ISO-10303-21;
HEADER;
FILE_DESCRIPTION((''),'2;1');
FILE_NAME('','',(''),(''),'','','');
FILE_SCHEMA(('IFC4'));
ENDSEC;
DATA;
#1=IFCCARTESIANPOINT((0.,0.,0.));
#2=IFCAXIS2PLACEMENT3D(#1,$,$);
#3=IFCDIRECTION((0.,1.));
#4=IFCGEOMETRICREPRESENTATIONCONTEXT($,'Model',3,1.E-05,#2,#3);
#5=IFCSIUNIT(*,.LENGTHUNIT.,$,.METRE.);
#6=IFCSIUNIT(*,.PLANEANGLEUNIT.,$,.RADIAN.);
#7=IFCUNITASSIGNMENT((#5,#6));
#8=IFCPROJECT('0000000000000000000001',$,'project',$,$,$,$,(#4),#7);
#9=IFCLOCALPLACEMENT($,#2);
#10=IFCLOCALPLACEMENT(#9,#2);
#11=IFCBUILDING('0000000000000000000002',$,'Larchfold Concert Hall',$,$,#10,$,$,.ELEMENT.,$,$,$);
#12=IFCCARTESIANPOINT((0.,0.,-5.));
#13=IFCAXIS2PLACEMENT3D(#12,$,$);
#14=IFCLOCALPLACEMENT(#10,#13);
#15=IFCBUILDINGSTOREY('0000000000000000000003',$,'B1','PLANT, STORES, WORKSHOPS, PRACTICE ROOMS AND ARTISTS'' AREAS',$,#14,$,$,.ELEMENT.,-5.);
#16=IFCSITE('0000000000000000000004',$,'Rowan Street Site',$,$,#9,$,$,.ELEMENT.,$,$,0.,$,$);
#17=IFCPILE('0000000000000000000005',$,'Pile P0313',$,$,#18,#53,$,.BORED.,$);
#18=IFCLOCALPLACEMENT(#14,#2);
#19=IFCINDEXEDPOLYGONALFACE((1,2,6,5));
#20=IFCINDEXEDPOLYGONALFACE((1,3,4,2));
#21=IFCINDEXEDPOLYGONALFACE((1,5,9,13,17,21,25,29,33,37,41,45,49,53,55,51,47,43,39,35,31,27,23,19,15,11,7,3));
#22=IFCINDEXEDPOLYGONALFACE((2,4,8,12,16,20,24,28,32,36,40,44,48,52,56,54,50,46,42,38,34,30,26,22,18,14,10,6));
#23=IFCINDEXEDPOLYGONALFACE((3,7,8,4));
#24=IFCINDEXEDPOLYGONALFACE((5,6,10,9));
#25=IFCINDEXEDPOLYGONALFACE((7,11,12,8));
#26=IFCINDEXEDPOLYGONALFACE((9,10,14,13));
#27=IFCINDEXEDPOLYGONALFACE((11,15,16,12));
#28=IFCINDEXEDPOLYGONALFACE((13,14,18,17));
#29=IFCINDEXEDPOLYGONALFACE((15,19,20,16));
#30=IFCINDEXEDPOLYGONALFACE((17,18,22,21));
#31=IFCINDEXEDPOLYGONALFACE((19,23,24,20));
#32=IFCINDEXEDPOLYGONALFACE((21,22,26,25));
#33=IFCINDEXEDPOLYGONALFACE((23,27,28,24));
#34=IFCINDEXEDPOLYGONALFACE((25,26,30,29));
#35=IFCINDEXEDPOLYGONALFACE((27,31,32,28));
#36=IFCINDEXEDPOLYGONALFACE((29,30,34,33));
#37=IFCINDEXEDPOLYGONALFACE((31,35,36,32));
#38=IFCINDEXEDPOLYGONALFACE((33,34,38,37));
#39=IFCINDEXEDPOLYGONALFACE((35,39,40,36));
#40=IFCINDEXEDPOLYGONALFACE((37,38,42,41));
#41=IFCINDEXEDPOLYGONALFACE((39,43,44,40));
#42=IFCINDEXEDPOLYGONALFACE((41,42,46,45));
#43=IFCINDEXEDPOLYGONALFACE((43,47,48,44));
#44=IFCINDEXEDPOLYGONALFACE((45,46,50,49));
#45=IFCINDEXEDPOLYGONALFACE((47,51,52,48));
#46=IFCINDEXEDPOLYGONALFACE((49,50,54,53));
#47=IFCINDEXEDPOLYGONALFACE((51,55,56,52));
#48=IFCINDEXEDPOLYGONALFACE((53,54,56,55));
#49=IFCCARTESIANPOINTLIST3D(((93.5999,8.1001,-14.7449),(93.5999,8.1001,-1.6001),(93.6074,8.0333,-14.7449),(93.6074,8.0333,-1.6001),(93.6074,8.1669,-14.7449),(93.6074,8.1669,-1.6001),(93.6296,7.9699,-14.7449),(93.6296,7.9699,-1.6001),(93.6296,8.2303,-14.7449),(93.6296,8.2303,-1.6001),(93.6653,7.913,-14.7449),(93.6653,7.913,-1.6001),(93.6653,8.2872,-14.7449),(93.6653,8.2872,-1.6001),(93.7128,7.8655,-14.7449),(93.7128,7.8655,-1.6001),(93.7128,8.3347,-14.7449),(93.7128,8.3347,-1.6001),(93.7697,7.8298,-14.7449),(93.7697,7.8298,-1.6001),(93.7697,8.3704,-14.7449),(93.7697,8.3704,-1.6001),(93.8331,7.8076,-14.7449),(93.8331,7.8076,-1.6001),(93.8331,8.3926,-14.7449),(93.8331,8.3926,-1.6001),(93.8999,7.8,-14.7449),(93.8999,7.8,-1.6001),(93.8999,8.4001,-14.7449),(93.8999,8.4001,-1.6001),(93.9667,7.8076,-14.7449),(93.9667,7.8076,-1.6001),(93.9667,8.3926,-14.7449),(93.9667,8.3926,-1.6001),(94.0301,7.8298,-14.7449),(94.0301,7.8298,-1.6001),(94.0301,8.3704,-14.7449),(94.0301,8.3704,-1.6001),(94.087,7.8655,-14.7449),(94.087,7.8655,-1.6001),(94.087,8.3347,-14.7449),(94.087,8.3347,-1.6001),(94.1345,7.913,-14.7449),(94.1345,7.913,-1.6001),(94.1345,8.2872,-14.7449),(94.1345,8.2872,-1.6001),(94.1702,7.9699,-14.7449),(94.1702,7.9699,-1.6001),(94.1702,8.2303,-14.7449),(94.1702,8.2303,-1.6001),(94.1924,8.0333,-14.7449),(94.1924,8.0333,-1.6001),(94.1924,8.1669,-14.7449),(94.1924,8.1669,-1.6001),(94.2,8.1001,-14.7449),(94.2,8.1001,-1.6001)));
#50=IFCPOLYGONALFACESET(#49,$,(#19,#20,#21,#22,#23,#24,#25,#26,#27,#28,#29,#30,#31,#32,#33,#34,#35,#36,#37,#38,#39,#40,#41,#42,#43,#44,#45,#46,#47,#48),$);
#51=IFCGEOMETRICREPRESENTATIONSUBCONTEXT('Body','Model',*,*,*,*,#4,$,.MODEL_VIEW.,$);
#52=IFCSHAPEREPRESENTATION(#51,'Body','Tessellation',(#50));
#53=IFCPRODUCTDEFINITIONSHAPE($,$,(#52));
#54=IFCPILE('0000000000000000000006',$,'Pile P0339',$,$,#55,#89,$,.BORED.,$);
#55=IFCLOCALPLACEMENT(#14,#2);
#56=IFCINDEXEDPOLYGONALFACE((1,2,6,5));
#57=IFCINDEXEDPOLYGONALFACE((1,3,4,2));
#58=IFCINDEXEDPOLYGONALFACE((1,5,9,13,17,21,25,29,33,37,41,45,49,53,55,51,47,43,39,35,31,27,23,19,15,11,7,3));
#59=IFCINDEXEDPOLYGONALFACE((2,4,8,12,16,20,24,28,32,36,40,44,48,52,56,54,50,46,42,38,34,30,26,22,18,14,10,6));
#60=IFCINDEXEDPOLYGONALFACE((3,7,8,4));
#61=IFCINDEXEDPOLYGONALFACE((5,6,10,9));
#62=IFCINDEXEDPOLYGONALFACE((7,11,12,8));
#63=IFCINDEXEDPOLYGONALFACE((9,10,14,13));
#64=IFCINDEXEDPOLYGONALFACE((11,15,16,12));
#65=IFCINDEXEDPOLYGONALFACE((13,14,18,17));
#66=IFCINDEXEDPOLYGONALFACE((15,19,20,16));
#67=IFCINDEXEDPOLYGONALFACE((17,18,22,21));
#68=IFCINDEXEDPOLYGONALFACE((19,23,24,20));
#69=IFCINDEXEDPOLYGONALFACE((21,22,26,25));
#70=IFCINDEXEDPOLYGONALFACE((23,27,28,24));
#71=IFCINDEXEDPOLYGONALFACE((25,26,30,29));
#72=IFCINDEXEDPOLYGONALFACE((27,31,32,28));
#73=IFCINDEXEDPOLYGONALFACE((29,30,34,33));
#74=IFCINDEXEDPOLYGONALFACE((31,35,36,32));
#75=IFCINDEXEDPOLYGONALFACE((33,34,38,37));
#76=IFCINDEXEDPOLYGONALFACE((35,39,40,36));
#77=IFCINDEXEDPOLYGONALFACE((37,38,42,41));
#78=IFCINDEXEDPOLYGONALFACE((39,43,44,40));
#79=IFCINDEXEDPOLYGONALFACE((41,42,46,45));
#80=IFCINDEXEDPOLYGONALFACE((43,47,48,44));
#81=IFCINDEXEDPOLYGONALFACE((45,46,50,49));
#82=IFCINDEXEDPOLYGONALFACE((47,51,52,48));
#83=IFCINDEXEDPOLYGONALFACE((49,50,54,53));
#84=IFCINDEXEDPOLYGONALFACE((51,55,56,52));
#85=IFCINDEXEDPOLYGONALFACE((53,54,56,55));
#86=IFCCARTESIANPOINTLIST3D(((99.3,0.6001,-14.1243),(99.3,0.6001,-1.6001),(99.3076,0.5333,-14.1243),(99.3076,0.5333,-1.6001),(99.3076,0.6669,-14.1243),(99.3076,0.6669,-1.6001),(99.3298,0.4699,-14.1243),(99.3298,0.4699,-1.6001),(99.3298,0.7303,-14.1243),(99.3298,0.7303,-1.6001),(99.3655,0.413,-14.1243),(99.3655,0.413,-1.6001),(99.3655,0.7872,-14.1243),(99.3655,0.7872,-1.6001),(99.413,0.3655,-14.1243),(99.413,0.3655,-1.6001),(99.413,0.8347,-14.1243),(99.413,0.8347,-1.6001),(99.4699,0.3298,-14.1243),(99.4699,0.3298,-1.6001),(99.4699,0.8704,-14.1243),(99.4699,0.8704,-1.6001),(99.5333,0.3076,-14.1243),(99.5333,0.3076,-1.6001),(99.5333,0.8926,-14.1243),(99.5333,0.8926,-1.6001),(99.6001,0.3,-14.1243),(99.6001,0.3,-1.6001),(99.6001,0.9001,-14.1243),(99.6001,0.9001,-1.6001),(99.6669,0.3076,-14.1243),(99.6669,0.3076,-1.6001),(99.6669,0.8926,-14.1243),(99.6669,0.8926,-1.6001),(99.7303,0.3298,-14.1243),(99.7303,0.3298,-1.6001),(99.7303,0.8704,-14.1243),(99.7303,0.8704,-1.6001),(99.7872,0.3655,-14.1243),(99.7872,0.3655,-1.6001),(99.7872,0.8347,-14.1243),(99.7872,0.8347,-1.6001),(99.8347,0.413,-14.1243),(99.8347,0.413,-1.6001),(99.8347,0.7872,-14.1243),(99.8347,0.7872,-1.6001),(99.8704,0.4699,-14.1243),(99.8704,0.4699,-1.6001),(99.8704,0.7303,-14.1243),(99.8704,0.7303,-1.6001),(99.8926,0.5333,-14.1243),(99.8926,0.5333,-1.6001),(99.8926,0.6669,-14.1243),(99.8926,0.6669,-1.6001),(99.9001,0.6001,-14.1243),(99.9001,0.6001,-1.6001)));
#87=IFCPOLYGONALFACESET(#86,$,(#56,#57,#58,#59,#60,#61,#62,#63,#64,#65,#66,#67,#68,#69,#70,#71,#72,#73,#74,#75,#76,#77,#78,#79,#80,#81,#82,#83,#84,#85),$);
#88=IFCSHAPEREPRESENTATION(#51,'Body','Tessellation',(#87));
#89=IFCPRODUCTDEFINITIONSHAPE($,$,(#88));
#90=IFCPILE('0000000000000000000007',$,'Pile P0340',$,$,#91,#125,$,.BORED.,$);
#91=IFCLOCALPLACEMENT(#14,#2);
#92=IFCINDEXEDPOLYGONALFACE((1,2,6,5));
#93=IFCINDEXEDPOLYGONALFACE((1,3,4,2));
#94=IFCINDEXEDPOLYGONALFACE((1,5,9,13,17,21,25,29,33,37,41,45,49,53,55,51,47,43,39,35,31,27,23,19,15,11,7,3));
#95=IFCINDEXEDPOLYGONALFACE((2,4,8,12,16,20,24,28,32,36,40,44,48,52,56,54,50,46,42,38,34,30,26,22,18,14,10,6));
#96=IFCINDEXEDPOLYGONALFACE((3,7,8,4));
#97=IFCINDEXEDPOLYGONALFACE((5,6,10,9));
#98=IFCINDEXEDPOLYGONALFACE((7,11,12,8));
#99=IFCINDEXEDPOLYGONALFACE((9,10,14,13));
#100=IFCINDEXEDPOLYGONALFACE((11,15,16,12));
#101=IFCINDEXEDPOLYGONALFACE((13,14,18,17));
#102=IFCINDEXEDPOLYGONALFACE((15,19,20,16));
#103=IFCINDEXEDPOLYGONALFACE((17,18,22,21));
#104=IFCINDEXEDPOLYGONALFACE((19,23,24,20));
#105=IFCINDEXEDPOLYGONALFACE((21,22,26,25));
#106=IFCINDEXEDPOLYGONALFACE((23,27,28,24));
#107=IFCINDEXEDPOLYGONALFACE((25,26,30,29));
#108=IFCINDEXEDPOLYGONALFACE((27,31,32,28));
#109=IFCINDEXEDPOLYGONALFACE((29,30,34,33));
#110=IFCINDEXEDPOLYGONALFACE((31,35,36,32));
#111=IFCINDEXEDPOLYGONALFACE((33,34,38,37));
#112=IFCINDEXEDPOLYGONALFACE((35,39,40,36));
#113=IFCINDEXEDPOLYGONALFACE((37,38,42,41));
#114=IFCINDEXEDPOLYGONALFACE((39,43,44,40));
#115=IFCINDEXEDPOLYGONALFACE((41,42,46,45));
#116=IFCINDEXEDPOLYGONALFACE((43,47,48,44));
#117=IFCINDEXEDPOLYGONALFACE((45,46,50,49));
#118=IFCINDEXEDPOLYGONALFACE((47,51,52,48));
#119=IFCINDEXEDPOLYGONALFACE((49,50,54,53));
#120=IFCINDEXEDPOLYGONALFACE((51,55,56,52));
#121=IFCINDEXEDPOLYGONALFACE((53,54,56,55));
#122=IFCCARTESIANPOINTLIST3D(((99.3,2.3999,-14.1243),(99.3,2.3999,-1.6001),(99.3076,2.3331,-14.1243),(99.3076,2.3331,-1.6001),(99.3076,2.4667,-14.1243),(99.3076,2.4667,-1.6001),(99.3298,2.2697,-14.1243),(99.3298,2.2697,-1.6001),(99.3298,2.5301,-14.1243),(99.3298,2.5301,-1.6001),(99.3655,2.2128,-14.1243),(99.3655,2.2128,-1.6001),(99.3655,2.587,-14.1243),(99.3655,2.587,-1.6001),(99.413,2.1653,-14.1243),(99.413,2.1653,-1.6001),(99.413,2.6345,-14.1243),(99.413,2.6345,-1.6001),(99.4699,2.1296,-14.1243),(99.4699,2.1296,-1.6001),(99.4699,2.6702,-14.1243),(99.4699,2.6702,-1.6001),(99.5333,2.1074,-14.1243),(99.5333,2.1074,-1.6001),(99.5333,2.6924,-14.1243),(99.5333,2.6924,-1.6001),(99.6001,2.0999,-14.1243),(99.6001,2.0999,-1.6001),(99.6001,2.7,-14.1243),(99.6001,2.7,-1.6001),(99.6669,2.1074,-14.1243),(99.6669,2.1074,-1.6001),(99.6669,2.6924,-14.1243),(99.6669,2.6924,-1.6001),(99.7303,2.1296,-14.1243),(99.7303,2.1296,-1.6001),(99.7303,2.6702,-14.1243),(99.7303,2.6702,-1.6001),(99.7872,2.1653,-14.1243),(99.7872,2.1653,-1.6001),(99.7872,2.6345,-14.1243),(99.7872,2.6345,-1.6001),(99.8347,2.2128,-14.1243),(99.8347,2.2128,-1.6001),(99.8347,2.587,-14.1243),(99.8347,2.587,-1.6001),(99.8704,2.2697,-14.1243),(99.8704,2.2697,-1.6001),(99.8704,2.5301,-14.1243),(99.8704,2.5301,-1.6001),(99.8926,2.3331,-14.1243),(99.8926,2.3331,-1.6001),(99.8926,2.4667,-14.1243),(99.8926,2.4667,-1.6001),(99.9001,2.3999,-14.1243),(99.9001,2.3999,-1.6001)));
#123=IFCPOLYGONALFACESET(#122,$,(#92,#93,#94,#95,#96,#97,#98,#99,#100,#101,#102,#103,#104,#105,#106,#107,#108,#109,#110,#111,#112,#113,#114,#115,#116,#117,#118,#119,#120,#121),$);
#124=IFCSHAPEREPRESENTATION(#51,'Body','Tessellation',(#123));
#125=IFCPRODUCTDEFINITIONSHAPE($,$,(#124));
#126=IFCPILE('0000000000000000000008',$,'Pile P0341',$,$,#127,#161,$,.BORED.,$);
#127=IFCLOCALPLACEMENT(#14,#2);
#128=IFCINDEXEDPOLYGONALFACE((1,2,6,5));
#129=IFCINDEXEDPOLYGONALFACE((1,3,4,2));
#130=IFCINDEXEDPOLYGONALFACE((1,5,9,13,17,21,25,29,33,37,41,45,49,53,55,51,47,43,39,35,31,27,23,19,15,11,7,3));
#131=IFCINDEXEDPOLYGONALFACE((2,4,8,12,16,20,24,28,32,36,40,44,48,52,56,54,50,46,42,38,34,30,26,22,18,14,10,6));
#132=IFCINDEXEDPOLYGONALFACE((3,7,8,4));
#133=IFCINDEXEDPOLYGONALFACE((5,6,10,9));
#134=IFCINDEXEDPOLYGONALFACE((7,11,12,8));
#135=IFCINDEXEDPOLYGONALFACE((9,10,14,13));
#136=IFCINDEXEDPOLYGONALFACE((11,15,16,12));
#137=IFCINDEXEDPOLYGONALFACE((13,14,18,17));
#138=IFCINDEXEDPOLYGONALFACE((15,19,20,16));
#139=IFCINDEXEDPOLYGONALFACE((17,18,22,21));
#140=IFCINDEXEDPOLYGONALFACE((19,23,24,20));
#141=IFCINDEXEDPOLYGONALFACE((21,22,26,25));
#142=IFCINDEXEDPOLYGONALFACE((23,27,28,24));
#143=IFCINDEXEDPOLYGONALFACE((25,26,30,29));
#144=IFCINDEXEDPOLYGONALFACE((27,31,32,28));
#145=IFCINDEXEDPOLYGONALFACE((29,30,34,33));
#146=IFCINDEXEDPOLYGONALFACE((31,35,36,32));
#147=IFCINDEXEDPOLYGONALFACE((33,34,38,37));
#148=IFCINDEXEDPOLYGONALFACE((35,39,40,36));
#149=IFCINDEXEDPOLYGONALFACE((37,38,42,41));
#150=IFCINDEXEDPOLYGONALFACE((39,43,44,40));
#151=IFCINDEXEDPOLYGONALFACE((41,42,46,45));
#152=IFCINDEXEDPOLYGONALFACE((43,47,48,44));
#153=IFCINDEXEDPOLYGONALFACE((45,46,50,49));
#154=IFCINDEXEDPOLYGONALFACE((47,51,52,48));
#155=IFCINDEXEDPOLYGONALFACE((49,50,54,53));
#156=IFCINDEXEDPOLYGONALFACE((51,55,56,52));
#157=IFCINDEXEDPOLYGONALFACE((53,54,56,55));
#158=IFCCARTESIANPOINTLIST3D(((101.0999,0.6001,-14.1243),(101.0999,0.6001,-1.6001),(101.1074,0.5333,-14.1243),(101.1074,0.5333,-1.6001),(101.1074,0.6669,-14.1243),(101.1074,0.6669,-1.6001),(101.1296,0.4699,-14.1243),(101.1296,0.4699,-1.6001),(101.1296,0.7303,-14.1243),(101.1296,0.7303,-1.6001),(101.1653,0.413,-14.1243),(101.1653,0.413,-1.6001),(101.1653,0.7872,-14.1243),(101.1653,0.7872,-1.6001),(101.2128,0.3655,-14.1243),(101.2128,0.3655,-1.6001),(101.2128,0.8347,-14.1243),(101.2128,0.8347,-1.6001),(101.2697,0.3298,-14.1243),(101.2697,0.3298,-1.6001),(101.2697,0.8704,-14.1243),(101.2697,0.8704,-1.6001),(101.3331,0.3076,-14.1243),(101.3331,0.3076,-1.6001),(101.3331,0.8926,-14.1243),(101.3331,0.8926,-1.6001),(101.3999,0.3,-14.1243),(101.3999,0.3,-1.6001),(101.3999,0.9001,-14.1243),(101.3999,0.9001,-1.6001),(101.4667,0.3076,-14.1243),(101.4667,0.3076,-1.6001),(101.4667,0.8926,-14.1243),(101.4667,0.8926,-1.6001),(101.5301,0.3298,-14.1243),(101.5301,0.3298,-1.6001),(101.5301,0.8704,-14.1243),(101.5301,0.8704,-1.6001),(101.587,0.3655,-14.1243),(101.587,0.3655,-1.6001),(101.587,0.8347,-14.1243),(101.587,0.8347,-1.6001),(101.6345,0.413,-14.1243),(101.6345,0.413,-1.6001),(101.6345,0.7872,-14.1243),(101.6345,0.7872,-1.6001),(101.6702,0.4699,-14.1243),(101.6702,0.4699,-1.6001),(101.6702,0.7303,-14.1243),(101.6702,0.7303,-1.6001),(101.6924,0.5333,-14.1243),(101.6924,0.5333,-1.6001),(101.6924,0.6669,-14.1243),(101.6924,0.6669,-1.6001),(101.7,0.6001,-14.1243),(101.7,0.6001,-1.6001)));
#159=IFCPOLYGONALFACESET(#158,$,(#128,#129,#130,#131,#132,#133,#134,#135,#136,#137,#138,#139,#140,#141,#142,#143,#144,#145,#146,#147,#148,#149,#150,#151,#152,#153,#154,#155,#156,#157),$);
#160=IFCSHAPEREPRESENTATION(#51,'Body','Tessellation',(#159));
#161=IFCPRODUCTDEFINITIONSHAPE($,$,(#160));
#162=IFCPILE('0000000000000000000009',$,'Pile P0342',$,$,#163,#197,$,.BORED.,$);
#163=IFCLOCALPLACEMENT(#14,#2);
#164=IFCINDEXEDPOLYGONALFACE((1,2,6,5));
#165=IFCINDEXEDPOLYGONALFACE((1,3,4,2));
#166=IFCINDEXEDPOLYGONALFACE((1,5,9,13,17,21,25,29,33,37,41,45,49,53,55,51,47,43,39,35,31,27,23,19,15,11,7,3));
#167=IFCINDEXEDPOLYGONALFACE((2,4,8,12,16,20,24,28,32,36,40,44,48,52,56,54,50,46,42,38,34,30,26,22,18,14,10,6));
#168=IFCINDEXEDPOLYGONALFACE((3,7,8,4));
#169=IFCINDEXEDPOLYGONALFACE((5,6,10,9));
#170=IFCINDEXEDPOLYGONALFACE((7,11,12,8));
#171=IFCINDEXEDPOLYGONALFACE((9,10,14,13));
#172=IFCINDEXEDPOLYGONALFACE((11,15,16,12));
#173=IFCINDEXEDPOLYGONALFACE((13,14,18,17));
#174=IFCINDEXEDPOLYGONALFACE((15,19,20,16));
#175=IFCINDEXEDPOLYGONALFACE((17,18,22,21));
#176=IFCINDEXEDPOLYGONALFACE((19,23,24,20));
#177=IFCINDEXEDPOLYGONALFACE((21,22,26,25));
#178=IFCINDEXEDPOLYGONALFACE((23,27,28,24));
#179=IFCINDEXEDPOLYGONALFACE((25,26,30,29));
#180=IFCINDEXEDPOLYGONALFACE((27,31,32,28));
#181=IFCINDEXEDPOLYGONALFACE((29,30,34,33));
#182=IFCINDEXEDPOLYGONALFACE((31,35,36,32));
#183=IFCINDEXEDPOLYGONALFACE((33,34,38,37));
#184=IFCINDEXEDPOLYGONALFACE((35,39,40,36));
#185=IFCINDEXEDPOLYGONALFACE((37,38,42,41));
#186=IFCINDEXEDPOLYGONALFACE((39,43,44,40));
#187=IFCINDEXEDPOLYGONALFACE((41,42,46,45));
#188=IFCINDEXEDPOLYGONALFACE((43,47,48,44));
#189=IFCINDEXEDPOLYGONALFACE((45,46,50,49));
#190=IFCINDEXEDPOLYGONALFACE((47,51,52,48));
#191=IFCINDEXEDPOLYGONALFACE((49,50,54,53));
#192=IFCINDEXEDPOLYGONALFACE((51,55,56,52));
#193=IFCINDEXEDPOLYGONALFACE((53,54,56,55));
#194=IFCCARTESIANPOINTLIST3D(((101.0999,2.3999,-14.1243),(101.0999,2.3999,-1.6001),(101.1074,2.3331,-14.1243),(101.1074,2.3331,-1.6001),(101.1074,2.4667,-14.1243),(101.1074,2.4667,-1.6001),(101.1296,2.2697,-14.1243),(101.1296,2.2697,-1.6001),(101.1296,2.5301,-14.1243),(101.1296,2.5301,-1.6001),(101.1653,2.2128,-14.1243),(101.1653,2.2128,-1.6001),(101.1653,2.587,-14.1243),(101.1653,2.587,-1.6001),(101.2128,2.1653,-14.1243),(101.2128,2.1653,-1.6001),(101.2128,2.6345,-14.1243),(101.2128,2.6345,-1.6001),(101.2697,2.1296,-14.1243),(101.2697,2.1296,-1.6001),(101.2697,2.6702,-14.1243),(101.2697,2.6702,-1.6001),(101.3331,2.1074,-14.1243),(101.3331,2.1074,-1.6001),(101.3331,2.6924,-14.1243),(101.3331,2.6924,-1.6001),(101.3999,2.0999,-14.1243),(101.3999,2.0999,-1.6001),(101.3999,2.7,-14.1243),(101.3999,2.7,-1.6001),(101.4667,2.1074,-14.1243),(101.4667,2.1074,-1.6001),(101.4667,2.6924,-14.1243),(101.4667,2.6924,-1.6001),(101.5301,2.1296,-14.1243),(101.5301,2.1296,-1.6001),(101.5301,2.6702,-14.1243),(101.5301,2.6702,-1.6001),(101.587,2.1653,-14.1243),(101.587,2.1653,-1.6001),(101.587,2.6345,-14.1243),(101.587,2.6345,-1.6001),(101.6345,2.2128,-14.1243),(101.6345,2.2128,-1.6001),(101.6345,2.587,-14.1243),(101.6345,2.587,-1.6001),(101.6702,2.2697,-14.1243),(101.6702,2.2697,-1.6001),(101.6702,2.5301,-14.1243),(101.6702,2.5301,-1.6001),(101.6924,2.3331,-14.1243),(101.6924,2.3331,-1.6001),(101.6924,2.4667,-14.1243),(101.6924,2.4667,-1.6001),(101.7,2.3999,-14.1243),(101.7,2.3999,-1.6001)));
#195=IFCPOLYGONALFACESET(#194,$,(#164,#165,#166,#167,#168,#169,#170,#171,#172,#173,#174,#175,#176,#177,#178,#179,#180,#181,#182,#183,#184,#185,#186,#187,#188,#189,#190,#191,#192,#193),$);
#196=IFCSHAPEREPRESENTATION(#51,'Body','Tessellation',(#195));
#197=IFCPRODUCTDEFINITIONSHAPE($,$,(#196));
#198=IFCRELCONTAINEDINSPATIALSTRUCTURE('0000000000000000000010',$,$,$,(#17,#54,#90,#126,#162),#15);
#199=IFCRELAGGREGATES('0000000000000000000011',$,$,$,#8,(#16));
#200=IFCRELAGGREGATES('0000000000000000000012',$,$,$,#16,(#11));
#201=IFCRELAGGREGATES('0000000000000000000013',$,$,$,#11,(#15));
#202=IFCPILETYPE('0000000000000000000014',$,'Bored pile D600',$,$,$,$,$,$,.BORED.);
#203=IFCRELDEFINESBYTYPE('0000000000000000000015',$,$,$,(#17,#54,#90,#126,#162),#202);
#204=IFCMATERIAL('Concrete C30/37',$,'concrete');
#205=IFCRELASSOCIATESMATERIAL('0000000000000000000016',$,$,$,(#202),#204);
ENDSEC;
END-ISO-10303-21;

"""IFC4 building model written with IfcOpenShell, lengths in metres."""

from ifc_helpers import new_model, si_unit, direction, frame, origin, origin_2d, place, context, subcontext, project, spatial, circle, extrude, material, material_profile, profile_set, type_object, element, save


model = new_model("IFC4")

# Units and contexts
model_context = context("Model", 3, precision=1e-05, world=origin(), true_north=direction((0.0, 1.0)))
body_context = subcontext(model_context, "Body", "Model", "MODEL_VIEW")
ifc_project = project(units=[si_unit("LENGTHUNIT", "METRE"), si_unit("PLANEANGLEUNIT", "RADIAN")], contexts=[model_context])

# Site, building, storey
site_placement = place(None, origin())
site = spatial("IfcSite", under=ifc_project, at=site_placement, Name="Rowan Street Site", CompositionType="ELEMENT", RefElevation=0.0)
building_placement = place(site_placement, origin())
building = spatial("IfcBuilding", under=site, at=building_placement, Name="Larchfold Concert Hall", CompositionType="ELEMENT")
storey_placement = place(building_placement, frame((0.0, 0.0, -5.0)))
storey = spatial("IfcBuildingStorey", under=building, at=storey_placement, Name="B1", Description="PLANT, STORES, WORKSHOPS, PRACTICE ROOMS AND ARTISTS' AREAS", CompositionType="ELEMENT", Elevation=-5.0)

# Piles
ifc_material_1 = material(Name="Concrete C30/37", Category="concrete")
ifc_material_profile_1 = material_profile(ifc_material_1, circle(Radius=0.3, at=origin_2d()))
ifc_profile_set_1 = profile_set([ifc_material_profile_1], Name="Concrete C30/37")
pile_type = type_object("IfcPileType", Name="Bored pile D600", PredefinedType="BORED", material=ifc_profile_set_1)
for number, where, z_axis, x_axis, name in (
    (1, (93.8999, 8.1001, -1.6001), (0.0, 0.0, -1.0), (1.0, 0.0, 0.0), "Pile P0313"),
):
    element("IfcPile", number, at=place(storey_placement, frame(where, z_axis=z_axis, x_axis=x_axis)), inside=storey, type_object=pile_type, Name=name, PredefinedType="BORED", context=body_context, shape_type="SweptSolid", body=[
        extrude(circle(Radius=0.3, at=origin_2d()), origin(), (0.0, 0.0, 1.0), 13.1448),
    ])
for number, where, z_axis, x_axis, name in (
    (2, (99.6001, 0.6001, -1.6001), (0.0, 0.0, -1.0), (1.0, 0.0, 0.0), "Pile P0339"),
    (3, (99.6001, 2.3999, -1.6001), (0.0, 0.0, -1.0), (1.0, 0.0, 0.0), "Pile P0340"),
    (4, (101.3999, 0.6001, -1.6001), (0.0, 0.0, -1.0), (1.0, 0.0, 0.0), "Pile P0341"),
    (5, (101.3999, 2.3999, -1.6001), (0.0, 0.0, -1.0), (1.0, 0.0, 0.0), "Pile P0342"),
):
    element("IfcPile", number, at=place(storey_placement, frame(where, z_axis=z_axis, x_axis=x_axis)), inside=storey, type_object=pile_type, Name=name, PredefinedType="BORED", context=body_context, shape_type="SweptSolid", body=[
        extrude(circle(Radius=0.3, at=origin_2d()), origin(), (0.0, 0.0, 1.0), 12.5242),
    ])

save(model, "model.ifc")
